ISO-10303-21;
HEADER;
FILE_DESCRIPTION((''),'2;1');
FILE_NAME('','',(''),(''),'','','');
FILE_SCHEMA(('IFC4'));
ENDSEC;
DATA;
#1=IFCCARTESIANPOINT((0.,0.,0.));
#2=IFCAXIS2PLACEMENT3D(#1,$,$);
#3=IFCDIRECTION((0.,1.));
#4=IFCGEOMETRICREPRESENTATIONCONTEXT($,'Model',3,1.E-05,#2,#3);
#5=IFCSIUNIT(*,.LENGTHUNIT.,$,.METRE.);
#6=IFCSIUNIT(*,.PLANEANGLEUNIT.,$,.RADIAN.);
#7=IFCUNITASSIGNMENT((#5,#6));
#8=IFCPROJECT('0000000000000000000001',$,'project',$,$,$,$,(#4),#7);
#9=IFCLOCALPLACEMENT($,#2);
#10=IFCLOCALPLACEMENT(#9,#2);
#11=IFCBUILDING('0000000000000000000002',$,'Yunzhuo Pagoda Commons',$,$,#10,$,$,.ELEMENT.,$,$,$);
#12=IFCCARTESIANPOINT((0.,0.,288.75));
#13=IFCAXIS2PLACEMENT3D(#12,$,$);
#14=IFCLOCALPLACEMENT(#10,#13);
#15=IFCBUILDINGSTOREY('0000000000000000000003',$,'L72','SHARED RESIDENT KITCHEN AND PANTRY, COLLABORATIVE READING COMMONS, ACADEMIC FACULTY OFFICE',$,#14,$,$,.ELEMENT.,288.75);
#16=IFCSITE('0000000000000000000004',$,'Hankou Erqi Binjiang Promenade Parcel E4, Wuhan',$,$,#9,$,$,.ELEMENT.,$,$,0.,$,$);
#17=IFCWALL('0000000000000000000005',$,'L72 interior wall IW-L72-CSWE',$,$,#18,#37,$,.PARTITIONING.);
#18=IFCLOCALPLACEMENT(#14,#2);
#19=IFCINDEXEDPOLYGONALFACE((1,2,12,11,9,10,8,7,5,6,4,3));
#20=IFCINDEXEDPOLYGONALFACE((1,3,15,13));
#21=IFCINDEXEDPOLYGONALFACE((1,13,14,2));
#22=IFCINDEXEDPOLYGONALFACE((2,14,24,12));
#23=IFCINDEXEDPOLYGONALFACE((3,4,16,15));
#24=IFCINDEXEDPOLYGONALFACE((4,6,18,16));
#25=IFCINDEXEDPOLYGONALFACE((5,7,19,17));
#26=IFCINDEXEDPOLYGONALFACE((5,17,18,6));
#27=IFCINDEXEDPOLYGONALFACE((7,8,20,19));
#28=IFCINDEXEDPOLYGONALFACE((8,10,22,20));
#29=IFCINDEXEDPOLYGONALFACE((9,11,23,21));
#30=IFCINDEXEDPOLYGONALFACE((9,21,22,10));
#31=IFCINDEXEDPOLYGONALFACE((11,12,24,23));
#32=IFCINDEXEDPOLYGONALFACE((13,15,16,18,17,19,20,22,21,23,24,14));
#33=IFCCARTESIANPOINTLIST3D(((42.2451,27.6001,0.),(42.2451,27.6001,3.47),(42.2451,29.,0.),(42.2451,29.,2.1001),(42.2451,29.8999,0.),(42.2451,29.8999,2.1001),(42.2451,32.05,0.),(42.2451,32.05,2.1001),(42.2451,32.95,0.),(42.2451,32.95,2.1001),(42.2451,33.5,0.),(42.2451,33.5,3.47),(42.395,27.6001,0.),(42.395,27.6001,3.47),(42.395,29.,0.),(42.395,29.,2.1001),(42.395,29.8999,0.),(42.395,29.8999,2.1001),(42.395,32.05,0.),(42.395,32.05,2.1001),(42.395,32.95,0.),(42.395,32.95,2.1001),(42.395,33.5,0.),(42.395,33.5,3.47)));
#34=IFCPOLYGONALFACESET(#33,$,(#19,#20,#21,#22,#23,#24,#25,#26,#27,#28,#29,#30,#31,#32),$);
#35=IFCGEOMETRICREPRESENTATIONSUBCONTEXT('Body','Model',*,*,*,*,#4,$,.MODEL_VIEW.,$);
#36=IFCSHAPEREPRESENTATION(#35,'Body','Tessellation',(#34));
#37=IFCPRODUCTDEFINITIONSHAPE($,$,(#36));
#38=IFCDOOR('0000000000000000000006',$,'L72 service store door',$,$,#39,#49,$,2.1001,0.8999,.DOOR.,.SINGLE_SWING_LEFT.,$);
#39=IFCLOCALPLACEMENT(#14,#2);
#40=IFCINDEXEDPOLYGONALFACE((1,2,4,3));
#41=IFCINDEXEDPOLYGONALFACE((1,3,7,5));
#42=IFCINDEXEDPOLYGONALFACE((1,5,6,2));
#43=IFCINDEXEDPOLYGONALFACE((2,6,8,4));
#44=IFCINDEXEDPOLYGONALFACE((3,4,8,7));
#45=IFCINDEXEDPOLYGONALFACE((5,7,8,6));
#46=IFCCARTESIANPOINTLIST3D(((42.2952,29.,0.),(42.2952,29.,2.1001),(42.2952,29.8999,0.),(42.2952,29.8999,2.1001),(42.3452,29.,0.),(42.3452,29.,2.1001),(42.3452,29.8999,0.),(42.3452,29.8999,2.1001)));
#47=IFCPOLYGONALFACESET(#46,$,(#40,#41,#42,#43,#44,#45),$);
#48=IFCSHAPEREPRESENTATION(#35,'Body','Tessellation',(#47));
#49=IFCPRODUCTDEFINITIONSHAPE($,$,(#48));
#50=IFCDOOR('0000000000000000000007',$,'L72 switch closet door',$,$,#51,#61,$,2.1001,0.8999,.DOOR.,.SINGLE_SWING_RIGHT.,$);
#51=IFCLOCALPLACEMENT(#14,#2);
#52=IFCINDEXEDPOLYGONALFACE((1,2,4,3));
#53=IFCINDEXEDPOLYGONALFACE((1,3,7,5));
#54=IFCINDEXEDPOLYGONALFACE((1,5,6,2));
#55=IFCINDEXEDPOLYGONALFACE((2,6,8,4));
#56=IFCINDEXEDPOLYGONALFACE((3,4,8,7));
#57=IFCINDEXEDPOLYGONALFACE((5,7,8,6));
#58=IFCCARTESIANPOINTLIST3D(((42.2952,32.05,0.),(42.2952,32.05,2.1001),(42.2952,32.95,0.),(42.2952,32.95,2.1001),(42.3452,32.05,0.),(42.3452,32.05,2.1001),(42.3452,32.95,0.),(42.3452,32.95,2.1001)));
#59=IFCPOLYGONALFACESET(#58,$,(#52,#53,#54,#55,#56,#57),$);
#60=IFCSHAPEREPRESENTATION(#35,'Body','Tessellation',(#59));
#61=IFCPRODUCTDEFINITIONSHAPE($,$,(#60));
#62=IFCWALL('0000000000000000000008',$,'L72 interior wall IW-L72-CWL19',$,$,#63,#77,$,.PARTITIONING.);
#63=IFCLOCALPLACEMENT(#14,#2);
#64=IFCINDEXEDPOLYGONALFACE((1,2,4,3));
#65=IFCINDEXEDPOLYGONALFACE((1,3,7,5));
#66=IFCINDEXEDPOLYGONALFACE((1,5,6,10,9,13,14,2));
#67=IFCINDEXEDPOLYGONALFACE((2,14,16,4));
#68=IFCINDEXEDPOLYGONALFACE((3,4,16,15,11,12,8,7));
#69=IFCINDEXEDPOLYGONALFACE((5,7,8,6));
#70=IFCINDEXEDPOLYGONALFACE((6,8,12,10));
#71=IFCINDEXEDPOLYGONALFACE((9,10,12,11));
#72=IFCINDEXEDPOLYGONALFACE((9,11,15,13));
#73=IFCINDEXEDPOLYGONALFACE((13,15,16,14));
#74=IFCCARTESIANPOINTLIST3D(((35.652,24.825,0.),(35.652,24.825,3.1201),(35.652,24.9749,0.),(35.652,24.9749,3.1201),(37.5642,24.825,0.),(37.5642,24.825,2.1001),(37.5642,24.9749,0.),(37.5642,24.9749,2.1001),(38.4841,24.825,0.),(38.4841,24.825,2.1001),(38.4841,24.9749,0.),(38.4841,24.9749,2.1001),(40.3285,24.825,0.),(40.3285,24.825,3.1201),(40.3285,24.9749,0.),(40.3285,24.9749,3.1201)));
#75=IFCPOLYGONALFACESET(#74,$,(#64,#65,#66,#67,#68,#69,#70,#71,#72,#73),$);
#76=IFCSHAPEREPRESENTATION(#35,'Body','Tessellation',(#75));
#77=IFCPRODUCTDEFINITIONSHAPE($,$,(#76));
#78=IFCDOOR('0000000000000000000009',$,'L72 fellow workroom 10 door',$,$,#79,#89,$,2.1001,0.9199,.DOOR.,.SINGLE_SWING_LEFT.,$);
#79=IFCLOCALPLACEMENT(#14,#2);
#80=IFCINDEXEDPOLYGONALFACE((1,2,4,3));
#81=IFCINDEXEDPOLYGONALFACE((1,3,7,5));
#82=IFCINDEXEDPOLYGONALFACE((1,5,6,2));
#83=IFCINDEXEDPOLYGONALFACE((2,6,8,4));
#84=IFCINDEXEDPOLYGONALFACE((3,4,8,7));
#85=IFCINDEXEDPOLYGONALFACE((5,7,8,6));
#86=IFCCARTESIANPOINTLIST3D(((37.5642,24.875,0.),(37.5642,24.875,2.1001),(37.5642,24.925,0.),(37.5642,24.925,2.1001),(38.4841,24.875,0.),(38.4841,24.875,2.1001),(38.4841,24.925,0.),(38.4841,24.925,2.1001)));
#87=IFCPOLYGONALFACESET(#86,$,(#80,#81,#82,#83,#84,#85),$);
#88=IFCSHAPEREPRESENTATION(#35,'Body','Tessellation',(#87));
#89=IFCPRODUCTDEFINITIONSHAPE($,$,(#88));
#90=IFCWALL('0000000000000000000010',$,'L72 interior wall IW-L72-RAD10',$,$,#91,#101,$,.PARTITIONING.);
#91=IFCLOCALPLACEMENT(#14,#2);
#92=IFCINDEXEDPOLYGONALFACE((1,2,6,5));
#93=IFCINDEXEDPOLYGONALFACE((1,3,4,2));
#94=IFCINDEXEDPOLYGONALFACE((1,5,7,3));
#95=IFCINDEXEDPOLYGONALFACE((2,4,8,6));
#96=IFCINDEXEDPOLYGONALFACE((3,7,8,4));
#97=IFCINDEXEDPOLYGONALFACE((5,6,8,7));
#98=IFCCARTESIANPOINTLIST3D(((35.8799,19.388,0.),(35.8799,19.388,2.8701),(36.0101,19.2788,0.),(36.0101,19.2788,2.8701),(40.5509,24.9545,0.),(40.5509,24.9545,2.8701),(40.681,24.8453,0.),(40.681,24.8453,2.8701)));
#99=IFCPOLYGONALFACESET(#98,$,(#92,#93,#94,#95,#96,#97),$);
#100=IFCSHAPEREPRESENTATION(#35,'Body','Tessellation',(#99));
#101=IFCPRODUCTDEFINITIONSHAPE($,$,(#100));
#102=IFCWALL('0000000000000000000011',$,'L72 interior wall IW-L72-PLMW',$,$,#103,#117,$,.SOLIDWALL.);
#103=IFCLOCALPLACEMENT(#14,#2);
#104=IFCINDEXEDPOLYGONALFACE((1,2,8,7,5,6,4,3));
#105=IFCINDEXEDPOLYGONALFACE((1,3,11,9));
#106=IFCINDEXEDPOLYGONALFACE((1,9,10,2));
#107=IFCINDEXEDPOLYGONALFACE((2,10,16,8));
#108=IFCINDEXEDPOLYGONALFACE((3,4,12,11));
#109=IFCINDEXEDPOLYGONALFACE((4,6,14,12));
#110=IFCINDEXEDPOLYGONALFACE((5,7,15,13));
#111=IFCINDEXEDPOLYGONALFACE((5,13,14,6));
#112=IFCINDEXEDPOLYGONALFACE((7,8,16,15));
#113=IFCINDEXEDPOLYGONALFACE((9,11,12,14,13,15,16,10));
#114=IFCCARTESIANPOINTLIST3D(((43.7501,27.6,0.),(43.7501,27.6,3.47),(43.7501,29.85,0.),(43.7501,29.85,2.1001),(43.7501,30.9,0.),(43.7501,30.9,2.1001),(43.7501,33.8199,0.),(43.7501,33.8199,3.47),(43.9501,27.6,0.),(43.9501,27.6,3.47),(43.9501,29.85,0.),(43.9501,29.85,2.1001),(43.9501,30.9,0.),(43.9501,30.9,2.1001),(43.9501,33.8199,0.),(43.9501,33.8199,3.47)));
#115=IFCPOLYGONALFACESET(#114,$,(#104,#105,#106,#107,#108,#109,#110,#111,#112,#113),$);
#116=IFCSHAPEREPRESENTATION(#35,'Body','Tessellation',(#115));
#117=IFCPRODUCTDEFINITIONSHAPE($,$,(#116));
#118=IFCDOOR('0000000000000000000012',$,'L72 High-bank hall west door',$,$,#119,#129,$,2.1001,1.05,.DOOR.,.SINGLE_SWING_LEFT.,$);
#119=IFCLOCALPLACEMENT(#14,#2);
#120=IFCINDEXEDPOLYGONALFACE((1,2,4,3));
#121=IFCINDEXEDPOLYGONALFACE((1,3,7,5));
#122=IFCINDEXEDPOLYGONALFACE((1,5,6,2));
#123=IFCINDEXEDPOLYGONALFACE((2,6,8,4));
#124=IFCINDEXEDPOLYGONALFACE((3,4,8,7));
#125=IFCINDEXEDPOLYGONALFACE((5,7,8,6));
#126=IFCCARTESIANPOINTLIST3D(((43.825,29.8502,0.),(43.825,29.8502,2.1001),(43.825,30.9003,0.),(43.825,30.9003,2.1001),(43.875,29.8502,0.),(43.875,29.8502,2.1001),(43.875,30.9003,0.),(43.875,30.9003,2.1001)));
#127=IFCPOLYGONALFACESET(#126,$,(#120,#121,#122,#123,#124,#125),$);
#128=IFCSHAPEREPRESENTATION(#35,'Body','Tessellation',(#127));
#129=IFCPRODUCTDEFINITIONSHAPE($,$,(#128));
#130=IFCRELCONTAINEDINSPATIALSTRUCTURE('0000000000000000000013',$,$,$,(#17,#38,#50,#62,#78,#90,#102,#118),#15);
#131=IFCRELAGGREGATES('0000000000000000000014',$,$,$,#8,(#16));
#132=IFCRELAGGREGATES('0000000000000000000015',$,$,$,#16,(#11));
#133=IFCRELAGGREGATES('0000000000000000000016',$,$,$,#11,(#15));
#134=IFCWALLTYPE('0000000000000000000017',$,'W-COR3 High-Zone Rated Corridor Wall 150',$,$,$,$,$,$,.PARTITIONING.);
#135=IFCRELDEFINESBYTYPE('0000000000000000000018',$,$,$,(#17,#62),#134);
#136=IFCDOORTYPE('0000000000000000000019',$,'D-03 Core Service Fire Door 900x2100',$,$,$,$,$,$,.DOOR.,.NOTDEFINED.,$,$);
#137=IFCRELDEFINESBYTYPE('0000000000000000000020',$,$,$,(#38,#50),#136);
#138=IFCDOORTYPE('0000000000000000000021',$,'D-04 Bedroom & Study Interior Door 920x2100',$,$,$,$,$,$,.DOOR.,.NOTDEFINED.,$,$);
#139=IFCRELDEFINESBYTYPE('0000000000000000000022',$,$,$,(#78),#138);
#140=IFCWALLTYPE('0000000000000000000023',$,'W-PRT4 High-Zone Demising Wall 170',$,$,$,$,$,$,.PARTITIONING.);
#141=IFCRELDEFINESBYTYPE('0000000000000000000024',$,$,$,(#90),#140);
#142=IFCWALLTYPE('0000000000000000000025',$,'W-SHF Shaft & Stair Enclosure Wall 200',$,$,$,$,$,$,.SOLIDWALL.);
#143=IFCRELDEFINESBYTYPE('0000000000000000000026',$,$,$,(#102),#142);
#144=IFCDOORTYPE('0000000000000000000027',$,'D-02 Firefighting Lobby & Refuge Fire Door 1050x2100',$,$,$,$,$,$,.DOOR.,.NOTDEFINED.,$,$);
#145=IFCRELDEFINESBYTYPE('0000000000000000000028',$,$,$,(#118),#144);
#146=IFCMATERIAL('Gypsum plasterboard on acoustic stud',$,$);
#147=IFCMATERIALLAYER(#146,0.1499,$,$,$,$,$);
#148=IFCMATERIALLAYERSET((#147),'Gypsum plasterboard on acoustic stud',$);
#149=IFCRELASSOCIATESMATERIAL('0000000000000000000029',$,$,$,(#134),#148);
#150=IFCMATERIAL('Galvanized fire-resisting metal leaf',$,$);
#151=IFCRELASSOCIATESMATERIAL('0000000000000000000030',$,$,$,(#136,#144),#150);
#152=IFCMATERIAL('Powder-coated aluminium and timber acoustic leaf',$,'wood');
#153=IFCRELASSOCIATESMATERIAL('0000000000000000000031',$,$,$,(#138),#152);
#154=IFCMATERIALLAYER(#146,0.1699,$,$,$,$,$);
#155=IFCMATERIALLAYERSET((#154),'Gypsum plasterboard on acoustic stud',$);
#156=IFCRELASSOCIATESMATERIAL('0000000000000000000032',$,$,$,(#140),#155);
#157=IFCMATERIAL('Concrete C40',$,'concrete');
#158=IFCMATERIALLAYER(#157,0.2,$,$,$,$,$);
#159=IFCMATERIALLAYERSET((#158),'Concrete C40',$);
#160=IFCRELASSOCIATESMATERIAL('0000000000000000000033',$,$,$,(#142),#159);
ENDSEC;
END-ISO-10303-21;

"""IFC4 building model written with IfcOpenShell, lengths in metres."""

from ifc_helpers import new_model, si_unit, direction, frame, frame_2d, origin, origin_with_axes, place, context, subcontext, project, spatial, rectangle, extrude, source, transform, mapped, material, layer, layer_set, type_object, element, fill, save


model = new_model("IFC4")

# Units and contexts
model_context = context("Model", 3, precision=1e-05, world=origin(), true_north=direction((0.0, 1.0)))
body_context = subcontext(model_context, "Body", "Model", "MODEL_VIEW")
ifc_project = project(units=[si_unit("LENGTHUNIT", "METRE"), si_unit("PLANEANGLEUNIT", "RADIAN")], contexts=[model_context])

# Site, building, storey
site_placement = place(None, origin())
site = spatial("IfcSite", under=ifc_project, at=site_placement, Name="Hankou Erqi Binjiang Promenade Parcel E4, Wuhan", CompositionType="ELEMENT", RefElevation=0.0)
building_placement = place(site_placement, origin())
building = spatial("IfcBuilding", under=site, at=building_placement, Name="Yunzhuo Pagoda Commons", CompositionType="ELEMENT")
storey_placement = place(building_placement, frame((0.0, 0.0, 288.75)))
storey = spatial("IfcBuildingStorey", under=building, at=storey_placement, Name="L72", Description="SHARED RESIDENT KITCHEN AND PANTRY, COLLABORATIVE READING COMMONS, ACADEMIC FACULTY OFFICE", CompositionType="ELEMENT", Elevation=288.75)

# Wall, openings, doors
ifc_material_1 = material(Name="Gypsum plasterboard on acoustic stud")
ifc_layer_1 = layer(ifc_material_1, 0.1499)
ifc_layer_set_1 = layer_set([ifc_layer_1], Name="Gypsum plasterboard on acoustic stud")
wall_type_1 = type_object("IfcWallType", Name="W-COR3 High-Zone Rated Corridor Wall 150", PredefinedType="PARTITIONING", material=ifc_layer_set_1)
wall_1_placement = place(storey_placement, frame((42.3201, 27.6001, 0.0), z_axis=(0.0, 0.0, 1.0), x_axis=(0.0, 1.0, 0.0)))
wall_1 = element("IfcWall", 1, at=wall_1_placement, inside=storey, type_object=wall_type_1, Name="L72 interior wall IW-L72-CSWE", PredefinedType="PARTITIONING", context=body_context, shape_type="SweptSolid", body=[
    extrude(rectangle(XDim=5.8999, YDim=0.1499, at=frame_2d((2.95, 0.0))), origin(), (0.0, 0.0, 1.0), 3.47),
])
opening_1_placement = place(wall_1_placement, frame((1.3999, 0.0, 0.0)))
opening_1 = element("IfcOpeningElement", 2, at=opening_1_placement, cuts=wall_1, PredefinedType="OPENING", context=body_context, shape_type="SweptSolid", body=[
    extrude(rectangle(XDim=0.8999, YDim=2.1001, at=frame_2d((0.45, 1.05))), frame((0.0, 0.085, 0.0), z_axis=(0.0, -1.0, 0.0), x_axis=(1.0, 0.0, 0.0)), (0.0, 0.0, 1.0), 0.1699),
])
opening_2_placement = place(wall_1_placement, frame((4.45, 0.0, 0.0)))
opening_2 = element("IfcOpeningElement", 3, at=opening_2_placement, cuts=wall_1, PredefinedType="OPENING", context=body_context, shape_type="SweptSolid", body=[
    extrude(rectangle(XDim=0.8999, YDim=2.1001, at=frame_2d((0.45, 1.05))), frame((0.0, 0.085, 0.0), z_axis=(0.0, -1.0, 0.0), x_axis=(1.0, 0.0, 0.0)), (0.0, 0.0, 1.0), 0.1699),
])
ifc_material_2 = material(Name="Galvanized fire-resisting metal leaf")
door_type_1 = type_object("IfcDoorType", Name="D-03 Core Service Fire Door 900x2100", OperationType="NOTDEFINED", PredefinedType="DOOR", material=ifc_material_2)
shared_shape_1 = source(origin(), body_context, "Body", "SweptSolid", [
    extrude(rectangle(XDim=0.8999, YDim=2.1001, at=frame_2d((0.45, 1.05))), frame((0.0, 0.0249, 0.0), z_axis=(0.0, -1.0, 0.0), x_axis=(1.0, 0.0, 0.0)), (0.0, 0.0, 1.0), 0.05),
])
door_1_placement = place(opening_1_placement, origin_with_axes())
door_1 = element("IfcDoor", 4, at=door_1_placement, inside=storey, type_object=door_type_1, Name="L72 service store door", OperationType="SINGLE_SWING_LEFT", OverallHeight=2.1001, OverallWidth=0.8999, PredefinedType="DOOR", context=body_context, shape_type="MappedRepresentation", body=[
    mapped(shared_shape_1, transform((0.0, 0.0, 0.0), scale=1.0)),
])
fill(opening_1, door_1)
door_2_placement = place(opening_2_placement, origin_with_axes())
door_2 = element("IfcDoor", 5, at=door_2_placement, inside=storey, type_object=door_type_1, Name="L72 switch closet door", OperationType="SINGLE_SWING_RIGHT", OverallHeight=2.1001, OverallWidth=0.8999, PredefinedType="DOOR", context=body_context, shape_type="MappedRepresentation", body=[
    mapped(shared_shape_1, transform((0.0, 0.0, 0.0), scale=1.0)),
])
fill(opening_2, door_2)

# Wall, opening, door
wall_2_placement = place(storey_placement, frame((40.3286, 24.8999, 0.0), z_axis=(0.0, 0.0, 1.0), x_axis=(-1.0, 0.0, 0.0)))
wall_2 = element("IfcWall", 6, at=wall_2_placement, inside=storey, type_object=wall_type_1, Name="L72 interior wall IW-L72-CWL19", PredefinedType="PARTITIONING", context=body_context, shape_type="SweptSolid", body=[
    extrude(rectangle(XDim=4.6765, YDim=0.1499, at=frame_2d((2.3384, 0.0))), origin(), (0.0, 0.0, 1.0), 3.1201),
])
opening_3_placement = place(wall_2_placement, frame((1.8445, 0.0, 0.0)))
opening_3 = element("IfcOpeningElement", 7, at=opening_3_placement, cuts=wall_2, PredefinedType="OPENING", context=body_context, shape_type="SweptSolid", body=[
    extrude(rectangle(XDim=0.9199, YDim=2.1001, at=frame_2d((0.46, 1.05))), frame((0.0, 0.085, 0.0), z_axis=(0.0, -1.0, 0.0), x_axis=(1.0, 0.0, 0.0)), (0.0, 0.0, 1.0), 0.1699),
])
ifc_material_3 = material(Name="Powder-coated aluminium and timber acoustic leaf", Category="wood")
door_type_2 = type_object("IfcDoorType", Name="D-04 Bedroom & Study Interior Door 920x2100", OperationType="NOTDEFINED", PredefinedType="DOOR", material=ifc_material_3)
shared_shape_2 = source(origin(), body_context, "Body", "SweptSolid", [
    extrude(rectangle(XDim=0.9199, YDim=2.1001, at=frame_2d((0.46, 1.05))), frame((0.0, 0.0249, 0.0), z_axis=(0.0, -1.0, 0.0), x_axis=(1.0, 0.0, 0.0)), (0.0, 0.0, 1.0), 0.05),
])
door_3_placement = place(opening_3_placement, origin_with_axes())
door_3 = element("IfcDoor", 8, at=door_3_placement, inside=storey, type_object=door_type_2, Name="L72 fellow workroom 10 door", OperationType="SINGLE_SWING_LEFT", OverallHeight=2.1001, OverallWidth=0.9199, PredefinedType="DOOR", context=body_context, shape_type="MappedRepresentation", body=[
    mapped(shared_shape_2, transform((0.0, 0.0, 0.0), scale=1.0)),
])
fill(opening_3, door_3)

# Wall
ifc_layer_2 = layer(ifc_material_1, 0.1699)
ifc_layer_set_2 = layer_set([ifc_layer_2], Name="Gypsum plasterboard on acoustic stud")
wall_type_2 = type_object("IfcWallType", Name="W-PRT4 High-Zone Demising Wall 170", PredefinedType="PARTITIONING", material=ifc_layer_set_2)
wall_3_placement = place(storey_placement, frame((40.616, 24.8999, 0.0), z_axis=(0.0, 0.0, 1.0), x_axis=(-0.642798, -0.766036, 0.0)))
element("IfcWall", 9, at=wall_3_placement, inside=storey, type_object=wall_type_2, Name="L72 interior wall IW-L72-RAD10", PredefinedType="PARTITIONING", context=body_context, shape_type="SweptSolid", body=[
    extrude(rectangle(XDim=7.2666, YDim=0.1699, at=frame_2d((3.6333, 0.0))), origin(), (0.0, 0.0, 1.0), 2.8701),
])

# Wall, opening, door
ifc_material_4 = material(Name="Concrete C40", Category="concrete")
ifc_layer_3 = layer(ifc_material_4, 0.2)
ifc_layer_set_3 = layer_set([ifc_layer_3], Name="Concrete C40")
wall_type_3 = type_object("IfcWallType", Name="W-SHF Shaft & Stair Enclosure Wall 200", PredefinedType="SOLIDWALL", material=ifc_layer_set_3)
wall_4_placement = place(storey_placement, frame((43.8501, 27.6001, 0.0), z_axis=(0.0, 0.0, 1.0), x_axis=(0.0, 1.0, 0.0)))
wall_4 = element("IfcWall", 10, at=wall_4_placement, inside=storey, type_object=wall_type_3, Name="L72 interior wall IW-L72-PLMW", PredefinedType="SOLIDWALL", context=body_context, shape_type="SweptSolid", body=[
    extrude(rectangle(XDim=6.22, YDim=0.2, at=frame_2d((3.1099, 0.0))), origin(), (0.0, 0.0, 1.0), 3.47),
])
opening_4_placement = place(wall_4_placement, frame((2.25, 0.0, 0.0)))
opening_4 = element("IfcOpeningElement", 11, at=opening_4_placement, cuts=wall_4, PredefinedType="OPENING", context=body_context, shape_type="SweptSolid", body=[
    extrude(rectangle(XDim=1.05, YDim=2.1001, at=frame_2d((0.5249, 1.05))), frame((0.0, 0.1099, 0.0), z_axis=(0.0, -1.0, 0.0), x_axis=(1.0, 0.0, 0.0)), (0.0, 0.0, 1.0), 0.22),
])
door_type_3 = type_object("IfcDoorType", Name="D-02 Firefighting Lobby & Refuge Fire Door 1050x2100", OperationType="NOTDEFINED", PredefinedType="DOOR", material=ifc_material_2)
shared_shape_3 = source(origin(), body_context, "Body", "SweptSolid", [
    extrude(rectangle(XDim=1.05, YDim=2.1001, at=frame_2d((0.5249, 1.05))), frame((0.0, 0.0249, 0.0), z_axis=(0.0, -1.0, 0.0), x_axis=(1.0, 0.0, 0.0)), (0.0, 0.0, 1.0), 0.05),
])
door_4_placement = place(opening_4_placement, frame((1.05, 0.0, 0.0), z_axis=(0.0, 0.0, 1.0), x_axis=(-1.0, 0.0, 0.0)))
door_4 = element("IfcDoor", 12, at=door_4_placement, inside=storey, type_object=door_type_3, Name="L72 High-bank hall west door", OperationType="SINGLE_SWING_LEFT", OverallHeight=2.1001, OverallWidth=1.05, PredefinedType="DOOR", context=body_context, shape_type="MappedRepresentation", body=[
    mapped(shared_shape_3, transform((0.0, 0.0, 0.0), scale=1.0)),
])
fill(opening_4, door_4)

save(model, "model.ifc")
